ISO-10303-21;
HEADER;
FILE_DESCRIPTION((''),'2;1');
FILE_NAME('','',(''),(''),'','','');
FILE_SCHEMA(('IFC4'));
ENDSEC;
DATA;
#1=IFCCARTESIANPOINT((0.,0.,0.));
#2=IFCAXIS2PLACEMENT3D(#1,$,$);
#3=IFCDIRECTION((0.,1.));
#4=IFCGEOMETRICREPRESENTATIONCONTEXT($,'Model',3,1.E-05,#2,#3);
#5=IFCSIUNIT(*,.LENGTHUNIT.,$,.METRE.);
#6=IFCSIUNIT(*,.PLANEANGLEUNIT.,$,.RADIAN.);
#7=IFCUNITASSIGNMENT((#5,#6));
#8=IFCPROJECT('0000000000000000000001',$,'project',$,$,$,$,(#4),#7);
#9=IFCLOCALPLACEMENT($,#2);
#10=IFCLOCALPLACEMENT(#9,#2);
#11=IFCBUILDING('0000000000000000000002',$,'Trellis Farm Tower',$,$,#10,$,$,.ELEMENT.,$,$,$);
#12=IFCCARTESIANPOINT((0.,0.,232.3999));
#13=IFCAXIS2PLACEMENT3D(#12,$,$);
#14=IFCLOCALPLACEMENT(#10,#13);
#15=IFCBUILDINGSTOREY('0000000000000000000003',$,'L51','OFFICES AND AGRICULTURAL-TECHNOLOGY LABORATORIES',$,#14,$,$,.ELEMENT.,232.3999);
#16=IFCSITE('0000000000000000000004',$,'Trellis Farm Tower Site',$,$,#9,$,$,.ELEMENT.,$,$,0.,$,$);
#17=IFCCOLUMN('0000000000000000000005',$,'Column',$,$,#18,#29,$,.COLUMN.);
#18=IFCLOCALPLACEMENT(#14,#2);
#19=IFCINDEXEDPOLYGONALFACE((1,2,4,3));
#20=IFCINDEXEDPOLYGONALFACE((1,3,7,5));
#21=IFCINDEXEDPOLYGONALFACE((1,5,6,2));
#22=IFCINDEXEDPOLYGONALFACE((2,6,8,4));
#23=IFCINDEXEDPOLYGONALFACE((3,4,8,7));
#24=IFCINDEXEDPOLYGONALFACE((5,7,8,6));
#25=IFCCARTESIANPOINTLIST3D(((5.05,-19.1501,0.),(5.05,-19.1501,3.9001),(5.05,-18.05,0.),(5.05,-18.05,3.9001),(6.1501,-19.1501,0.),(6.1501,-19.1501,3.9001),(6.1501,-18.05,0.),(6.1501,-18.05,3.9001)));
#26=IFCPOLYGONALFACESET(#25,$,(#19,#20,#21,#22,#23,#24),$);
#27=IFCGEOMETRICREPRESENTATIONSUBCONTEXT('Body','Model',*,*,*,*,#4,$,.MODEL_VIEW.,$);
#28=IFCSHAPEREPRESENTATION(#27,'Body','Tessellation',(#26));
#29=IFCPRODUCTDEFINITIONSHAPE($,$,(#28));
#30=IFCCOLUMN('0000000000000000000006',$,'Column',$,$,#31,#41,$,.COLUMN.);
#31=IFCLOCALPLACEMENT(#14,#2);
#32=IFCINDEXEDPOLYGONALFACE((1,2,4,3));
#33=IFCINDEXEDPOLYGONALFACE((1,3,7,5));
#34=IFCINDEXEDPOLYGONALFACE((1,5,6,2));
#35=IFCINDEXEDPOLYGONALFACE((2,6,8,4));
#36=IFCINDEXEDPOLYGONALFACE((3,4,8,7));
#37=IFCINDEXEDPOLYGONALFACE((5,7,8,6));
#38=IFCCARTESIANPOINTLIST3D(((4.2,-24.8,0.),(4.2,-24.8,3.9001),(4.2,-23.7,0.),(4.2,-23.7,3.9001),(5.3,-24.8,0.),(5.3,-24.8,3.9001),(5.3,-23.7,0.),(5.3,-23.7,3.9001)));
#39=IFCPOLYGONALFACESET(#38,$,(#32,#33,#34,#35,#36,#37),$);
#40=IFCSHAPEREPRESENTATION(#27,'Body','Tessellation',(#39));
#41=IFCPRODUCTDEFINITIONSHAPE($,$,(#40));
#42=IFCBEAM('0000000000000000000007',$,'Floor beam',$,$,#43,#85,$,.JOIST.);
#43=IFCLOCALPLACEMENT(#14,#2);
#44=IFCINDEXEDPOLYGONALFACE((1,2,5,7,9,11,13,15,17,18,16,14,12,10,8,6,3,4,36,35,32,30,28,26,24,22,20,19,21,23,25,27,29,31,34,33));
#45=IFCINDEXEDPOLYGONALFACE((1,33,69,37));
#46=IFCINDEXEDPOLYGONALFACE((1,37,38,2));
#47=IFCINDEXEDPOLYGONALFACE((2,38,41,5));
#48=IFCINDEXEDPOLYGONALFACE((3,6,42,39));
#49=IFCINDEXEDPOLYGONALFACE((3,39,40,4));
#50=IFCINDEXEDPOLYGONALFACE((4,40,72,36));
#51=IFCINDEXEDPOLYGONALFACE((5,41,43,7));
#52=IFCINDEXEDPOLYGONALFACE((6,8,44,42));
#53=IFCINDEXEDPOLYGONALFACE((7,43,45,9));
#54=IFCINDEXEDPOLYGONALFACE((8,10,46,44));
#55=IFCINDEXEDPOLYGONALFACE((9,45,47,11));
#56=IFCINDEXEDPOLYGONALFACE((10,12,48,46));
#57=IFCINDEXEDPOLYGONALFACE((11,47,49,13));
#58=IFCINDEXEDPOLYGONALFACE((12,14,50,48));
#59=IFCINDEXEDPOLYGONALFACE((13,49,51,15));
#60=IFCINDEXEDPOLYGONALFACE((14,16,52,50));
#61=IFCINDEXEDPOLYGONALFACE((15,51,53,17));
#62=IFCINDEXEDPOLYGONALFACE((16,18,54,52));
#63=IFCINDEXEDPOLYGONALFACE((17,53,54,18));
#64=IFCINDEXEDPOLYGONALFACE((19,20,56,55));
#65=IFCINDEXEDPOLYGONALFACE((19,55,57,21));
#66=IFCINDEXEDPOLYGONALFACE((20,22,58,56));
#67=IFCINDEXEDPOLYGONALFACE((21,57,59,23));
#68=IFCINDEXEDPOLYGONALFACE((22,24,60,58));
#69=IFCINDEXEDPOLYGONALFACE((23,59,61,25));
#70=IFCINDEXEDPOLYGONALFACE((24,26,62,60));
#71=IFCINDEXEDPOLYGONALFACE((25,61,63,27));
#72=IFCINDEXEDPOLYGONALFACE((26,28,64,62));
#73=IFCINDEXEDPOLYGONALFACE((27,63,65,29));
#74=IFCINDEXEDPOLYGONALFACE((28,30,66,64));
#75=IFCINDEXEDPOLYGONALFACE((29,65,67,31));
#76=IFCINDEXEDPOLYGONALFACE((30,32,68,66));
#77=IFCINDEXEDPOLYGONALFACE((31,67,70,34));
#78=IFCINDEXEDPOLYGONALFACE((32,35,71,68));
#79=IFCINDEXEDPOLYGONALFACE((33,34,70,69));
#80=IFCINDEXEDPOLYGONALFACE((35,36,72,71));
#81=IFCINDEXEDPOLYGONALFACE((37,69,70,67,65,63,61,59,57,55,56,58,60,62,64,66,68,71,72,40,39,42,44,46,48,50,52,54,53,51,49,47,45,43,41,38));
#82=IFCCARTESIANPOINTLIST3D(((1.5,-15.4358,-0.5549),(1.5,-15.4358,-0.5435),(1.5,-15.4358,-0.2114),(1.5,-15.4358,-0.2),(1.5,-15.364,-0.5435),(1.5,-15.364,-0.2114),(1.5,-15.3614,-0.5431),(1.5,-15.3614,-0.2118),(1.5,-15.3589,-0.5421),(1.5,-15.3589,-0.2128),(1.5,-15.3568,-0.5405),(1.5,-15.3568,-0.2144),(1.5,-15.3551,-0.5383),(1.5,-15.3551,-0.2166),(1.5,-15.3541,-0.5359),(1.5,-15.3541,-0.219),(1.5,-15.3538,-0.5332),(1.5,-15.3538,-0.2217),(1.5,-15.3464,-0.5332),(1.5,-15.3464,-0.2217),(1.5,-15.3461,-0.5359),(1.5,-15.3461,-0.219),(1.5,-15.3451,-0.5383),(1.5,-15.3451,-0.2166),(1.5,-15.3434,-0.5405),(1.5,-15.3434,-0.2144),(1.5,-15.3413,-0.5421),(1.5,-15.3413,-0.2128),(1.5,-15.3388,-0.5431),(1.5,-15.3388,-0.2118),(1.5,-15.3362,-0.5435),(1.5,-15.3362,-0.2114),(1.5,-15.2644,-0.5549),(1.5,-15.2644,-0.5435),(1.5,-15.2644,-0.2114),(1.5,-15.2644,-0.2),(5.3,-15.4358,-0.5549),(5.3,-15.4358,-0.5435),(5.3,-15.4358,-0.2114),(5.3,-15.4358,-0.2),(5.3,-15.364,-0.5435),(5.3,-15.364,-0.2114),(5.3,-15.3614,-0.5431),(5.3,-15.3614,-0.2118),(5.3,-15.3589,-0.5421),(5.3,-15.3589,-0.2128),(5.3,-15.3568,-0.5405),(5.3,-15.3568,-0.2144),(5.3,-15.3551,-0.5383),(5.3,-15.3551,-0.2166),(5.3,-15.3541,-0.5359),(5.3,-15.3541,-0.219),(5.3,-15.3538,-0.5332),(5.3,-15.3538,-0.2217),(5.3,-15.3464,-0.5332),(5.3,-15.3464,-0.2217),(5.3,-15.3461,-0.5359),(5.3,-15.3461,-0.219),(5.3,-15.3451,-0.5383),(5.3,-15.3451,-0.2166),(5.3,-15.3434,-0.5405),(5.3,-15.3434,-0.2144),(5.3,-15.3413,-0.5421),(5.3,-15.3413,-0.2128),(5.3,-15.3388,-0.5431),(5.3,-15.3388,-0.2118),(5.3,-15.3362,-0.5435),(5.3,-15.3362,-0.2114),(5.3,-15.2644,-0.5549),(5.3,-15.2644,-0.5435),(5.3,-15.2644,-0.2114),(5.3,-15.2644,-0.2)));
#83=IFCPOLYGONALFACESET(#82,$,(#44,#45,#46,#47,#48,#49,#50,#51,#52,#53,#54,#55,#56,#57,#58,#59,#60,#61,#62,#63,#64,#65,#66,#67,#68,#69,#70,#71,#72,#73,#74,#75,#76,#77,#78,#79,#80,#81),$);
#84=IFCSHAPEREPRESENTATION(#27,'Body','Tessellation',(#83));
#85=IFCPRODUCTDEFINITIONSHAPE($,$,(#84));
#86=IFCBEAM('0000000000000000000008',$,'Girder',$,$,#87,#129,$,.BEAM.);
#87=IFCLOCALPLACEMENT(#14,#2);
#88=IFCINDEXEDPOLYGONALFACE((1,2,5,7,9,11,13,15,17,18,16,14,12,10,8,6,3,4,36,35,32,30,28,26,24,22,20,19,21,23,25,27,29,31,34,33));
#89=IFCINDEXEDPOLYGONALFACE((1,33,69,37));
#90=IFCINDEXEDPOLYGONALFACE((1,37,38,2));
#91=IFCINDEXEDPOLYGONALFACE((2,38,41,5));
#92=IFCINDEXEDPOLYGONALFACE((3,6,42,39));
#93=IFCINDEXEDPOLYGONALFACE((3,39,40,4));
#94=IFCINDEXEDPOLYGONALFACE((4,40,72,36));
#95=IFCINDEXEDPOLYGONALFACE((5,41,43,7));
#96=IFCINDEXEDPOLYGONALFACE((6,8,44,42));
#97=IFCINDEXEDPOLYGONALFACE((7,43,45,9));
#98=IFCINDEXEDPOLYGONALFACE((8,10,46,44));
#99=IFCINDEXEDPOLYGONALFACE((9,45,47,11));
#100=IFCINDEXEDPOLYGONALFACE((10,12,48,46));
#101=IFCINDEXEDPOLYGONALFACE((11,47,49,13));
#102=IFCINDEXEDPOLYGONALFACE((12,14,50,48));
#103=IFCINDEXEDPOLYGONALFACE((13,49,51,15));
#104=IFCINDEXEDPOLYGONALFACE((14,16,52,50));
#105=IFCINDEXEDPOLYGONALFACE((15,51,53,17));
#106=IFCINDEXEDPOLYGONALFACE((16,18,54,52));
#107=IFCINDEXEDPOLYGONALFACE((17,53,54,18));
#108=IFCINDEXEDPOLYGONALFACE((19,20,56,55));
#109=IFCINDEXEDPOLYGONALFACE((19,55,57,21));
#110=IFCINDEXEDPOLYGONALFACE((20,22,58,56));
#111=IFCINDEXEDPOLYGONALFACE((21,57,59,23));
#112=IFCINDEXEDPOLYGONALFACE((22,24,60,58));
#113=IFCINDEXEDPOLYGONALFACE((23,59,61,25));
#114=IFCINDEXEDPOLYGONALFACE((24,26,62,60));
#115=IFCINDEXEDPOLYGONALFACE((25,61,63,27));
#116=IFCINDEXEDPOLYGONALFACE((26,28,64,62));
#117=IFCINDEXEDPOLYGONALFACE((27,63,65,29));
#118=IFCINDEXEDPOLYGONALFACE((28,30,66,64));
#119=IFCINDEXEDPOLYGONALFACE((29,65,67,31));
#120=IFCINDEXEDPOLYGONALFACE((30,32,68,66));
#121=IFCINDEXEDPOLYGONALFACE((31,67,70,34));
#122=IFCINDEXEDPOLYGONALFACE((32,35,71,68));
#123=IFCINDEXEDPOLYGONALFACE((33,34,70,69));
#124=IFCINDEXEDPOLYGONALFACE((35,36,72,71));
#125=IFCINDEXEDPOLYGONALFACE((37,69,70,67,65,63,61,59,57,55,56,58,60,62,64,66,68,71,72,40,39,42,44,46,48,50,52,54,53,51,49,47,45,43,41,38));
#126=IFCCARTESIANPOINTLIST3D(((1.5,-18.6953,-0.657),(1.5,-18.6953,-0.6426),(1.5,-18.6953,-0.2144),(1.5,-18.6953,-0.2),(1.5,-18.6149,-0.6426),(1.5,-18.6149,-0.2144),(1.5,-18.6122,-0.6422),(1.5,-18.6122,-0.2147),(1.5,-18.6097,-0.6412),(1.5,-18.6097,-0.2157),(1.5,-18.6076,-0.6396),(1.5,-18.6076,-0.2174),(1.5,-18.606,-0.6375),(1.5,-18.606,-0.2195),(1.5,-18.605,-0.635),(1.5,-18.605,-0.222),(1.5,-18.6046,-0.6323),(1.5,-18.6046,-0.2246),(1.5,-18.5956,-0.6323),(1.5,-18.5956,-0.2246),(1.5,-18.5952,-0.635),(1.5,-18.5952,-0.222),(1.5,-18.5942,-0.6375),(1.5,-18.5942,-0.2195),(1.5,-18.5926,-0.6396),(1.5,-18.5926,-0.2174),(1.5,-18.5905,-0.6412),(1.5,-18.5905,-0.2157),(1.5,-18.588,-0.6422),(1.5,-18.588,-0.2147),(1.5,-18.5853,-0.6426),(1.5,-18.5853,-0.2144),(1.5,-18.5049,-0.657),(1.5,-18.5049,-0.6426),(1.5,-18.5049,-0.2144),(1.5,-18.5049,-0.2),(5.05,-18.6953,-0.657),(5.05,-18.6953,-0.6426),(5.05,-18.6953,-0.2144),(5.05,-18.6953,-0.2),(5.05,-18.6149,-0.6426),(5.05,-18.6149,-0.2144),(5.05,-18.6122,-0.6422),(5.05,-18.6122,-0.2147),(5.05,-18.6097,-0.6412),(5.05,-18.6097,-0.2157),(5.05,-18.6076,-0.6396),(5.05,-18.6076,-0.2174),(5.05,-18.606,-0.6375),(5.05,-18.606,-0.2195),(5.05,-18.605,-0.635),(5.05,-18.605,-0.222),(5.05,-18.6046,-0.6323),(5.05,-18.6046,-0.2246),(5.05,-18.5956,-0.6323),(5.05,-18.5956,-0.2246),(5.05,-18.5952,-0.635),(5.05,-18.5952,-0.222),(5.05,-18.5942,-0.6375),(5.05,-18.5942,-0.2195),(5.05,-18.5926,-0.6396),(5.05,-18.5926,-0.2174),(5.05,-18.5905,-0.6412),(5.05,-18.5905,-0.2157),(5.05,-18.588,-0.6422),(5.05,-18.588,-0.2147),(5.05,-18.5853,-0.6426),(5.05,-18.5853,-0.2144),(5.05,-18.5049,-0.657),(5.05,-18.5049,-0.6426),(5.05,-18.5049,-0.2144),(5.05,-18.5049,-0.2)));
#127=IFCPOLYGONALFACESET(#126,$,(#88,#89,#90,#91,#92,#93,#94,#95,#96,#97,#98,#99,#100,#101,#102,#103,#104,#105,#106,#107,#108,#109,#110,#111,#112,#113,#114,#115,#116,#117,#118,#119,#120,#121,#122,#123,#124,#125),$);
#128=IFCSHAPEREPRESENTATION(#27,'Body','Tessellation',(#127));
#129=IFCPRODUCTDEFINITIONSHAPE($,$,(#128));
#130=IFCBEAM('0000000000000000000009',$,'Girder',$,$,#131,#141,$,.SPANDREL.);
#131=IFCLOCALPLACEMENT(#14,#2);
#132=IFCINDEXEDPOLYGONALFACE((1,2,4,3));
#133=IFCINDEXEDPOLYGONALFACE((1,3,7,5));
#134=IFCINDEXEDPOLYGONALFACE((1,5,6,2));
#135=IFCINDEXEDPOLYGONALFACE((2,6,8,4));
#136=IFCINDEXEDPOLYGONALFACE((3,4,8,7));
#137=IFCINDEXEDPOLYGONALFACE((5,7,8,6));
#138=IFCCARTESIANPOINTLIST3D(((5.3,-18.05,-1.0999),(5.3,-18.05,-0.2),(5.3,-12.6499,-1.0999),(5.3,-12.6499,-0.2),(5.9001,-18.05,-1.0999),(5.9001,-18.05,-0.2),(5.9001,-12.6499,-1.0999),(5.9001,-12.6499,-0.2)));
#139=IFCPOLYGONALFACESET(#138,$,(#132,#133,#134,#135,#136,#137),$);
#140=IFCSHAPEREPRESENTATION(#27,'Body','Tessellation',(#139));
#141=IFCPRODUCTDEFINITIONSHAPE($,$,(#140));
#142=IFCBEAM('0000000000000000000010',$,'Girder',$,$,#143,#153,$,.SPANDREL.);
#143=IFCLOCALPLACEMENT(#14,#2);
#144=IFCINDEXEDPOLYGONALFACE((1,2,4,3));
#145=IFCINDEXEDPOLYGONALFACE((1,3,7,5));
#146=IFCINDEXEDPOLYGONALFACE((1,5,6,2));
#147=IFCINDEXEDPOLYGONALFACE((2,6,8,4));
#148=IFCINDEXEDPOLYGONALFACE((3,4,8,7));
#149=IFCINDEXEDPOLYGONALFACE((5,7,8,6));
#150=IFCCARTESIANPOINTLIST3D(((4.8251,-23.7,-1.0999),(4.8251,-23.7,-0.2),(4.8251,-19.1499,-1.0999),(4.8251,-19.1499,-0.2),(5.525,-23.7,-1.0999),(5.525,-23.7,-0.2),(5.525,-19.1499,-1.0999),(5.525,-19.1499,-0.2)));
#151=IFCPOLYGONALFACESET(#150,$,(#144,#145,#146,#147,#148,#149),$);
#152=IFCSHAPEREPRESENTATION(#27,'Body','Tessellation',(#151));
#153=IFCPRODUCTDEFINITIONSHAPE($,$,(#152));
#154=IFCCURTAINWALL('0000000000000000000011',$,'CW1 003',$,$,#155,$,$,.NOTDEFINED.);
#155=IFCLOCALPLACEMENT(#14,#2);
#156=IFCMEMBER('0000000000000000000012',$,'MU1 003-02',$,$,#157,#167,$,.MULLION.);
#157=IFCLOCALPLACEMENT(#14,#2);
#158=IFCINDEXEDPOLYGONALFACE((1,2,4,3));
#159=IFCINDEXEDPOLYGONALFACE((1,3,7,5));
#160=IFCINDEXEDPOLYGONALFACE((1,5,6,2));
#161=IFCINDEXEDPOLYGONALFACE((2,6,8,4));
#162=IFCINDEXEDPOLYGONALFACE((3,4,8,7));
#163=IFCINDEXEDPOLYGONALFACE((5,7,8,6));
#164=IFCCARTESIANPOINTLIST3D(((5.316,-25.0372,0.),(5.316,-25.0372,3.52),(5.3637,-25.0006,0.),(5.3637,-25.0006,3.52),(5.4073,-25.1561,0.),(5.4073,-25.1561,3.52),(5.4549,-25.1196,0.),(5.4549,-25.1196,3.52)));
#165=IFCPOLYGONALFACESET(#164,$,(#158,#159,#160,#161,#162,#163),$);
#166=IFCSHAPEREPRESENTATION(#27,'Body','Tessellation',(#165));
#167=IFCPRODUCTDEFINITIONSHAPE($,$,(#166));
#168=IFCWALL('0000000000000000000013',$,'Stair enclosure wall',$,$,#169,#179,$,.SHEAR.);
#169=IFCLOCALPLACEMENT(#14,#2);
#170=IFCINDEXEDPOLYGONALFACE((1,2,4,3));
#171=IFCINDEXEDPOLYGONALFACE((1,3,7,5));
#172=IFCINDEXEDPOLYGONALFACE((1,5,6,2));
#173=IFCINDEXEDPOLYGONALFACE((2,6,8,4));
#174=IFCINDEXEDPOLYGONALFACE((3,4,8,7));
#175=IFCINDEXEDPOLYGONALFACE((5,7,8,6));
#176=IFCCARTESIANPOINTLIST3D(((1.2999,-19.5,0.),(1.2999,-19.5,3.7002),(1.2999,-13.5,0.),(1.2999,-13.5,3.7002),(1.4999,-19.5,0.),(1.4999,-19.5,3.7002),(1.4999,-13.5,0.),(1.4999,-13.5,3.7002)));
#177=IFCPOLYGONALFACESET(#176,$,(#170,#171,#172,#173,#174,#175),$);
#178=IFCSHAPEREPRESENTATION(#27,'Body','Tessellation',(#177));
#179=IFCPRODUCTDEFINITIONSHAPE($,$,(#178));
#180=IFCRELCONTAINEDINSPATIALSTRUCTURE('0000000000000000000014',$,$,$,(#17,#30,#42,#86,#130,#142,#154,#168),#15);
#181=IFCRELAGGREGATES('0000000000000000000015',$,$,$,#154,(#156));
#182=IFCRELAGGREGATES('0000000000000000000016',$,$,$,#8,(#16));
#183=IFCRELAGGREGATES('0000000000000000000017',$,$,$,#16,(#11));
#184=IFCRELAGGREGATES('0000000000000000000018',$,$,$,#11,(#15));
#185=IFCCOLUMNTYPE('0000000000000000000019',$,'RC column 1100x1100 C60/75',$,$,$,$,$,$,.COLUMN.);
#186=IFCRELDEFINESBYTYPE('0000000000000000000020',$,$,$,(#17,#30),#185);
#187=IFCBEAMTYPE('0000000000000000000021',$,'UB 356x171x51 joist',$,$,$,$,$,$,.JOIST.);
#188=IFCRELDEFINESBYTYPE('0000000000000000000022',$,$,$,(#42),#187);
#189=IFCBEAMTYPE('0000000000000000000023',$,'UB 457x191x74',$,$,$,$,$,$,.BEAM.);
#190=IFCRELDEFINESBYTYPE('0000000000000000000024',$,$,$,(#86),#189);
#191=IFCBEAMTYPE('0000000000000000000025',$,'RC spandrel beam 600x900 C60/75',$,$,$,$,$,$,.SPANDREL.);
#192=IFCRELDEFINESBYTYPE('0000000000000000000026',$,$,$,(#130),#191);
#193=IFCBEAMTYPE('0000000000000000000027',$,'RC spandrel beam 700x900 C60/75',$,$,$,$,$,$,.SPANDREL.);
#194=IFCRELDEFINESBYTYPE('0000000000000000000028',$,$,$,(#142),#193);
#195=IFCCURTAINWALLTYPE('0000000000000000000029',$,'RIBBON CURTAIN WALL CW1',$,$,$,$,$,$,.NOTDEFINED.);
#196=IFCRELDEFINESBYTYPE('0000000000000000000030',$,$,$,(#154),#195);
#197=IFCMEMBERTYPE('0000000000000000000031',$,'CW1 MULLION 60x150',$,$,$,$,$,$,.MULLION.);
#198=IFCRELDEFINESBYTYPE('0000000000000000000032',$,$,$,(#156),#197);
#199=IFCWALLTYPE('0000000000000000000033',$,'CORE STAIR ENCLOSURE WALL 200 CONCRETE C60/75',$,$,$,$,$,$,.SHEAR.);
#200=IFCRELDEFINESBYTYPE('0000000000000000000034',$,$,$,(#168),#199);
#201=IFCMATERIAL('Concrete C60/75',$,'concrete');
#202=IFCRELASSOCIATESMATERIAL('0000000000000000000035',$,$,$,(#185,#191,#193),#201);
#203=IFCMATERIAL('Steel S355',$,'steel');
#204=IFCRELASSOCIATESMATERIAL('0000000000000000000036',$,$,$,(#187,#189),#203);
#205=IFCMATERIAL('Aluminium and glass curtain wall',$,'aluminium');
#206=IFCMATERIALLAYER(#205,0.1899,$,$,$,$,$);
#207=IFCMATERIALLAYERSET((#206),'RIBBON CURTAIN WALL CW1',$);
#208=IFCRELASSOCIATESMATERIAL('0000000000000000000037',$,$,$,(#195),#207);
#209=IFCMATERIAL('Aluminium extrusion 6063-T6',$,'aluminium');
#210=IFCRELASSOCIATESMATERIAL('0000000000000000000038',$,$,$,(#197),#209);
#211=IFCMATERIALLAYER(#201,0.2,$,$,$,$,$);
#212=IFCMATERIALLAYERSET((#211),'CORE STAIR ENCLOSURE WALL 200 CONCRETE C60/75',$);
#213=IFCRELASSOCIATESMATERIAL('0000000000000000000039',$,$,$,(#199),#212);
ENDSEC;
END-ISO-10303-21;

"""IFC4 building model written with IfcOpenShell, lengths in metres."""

from ifc_helpers import new_model, si_unit, direction, frame, frame_2d, origin, origin_2d, place, context, subcontext, project, spatial, rectangle, i_section, extrude, source, transform, mapped, material, layer, layer_set, material_profile, profile_set, type_object, element, aggregate, save


model = new_model("IFC4")

# Units and contexts
model_context = context("Model", 3, precision=1e-05, world=origin(), true_north=direction((0.0, 1.0)))
body_context = subcontext(model_context, "Body", "Model", "MODEL_VIEW")
ifc_project = project(units=[si_unit("LENGTHUNIT", "METRE"), si_unit("PLANEANGLEUNIT", "RADIAN")], contexts=[model_context])

# Site, building, storey
site_placement = place(None, origin())
site = spatial("IfcSite", under=ifc_project, at=site_placement, Name="Trellis Farm Tower Site", CompositionType="ELEMENT", RefElevation=0.0)
building_placement = place(site_placement, origin())
building = spatial("IfcBuilding", under=site, at=building_placement, Name="Trellis Farm Tower", CompositionType="ELEMENT")
storey_placement = place(building_placement, frame((0.0, 0.0, 232.3999)))
storey = spatial("IfcBuildingStorey", under=building, at=storey_placement, Name="L51", Description="OFFICES AND AGRICULTURAL-TECHNOLOGY LABORATORIES", CompositionType="ELEMENT", Elevation=232.3999)

# Columns
ifc_material_1 = material(Name="Concrete C60/75", Category="concrete")
ifc_material_profile_1 = material_profile(ifc_material_1, rectangle(XDim=1.1001, YDim=1.1001, at=origin_2d()), Name="RC column 1100x1100 C60/75")
ifc_profile_set_1 = profile_set([ifc_material_profile_1], Name="Concrete C60/75")
column_type = type_object("IfcColumnType", Name="RC column 1100x1100 C60/75", PredefinedType="COLUMN", material=ifc_profile_set_1)
shared_shape_1 = source(origin(), body_context, "Body", "SweptSolid", [
    extrude(rectangle(XDim=1.1001, YDim=1.1001, at=origin_2d()), origin(), (0.0, 0.0, 1.0), 3.9001),
])
for number, where, z_axis, x_axis, name in (
    (1, (5.6001, -18.6001, 0.0), (0.0, 0.0, 1.0), (1.0, 0.0, 0.0), "Column"),
    (2, (4.75, -24.25, 0.0), (0.0, 0.0, 1.0), (1.0, 0.0, 0.0), "Column"),
):
    element("IfcColumn", number, at=place(storey_placement, frame(where, z_axis=z_axis, x_axis=x_axis)), inside=storey, type_object=column_type, Name=name, PredefinedType="COLUMN", context=body_context, shape_type="MappedRepresentation", body=[
        mapped(shared_shape_1, transform((0.0, 0.0, 0.0))),
    ])

# Beams
ifc_material_2 = material(Name="Steel S355", Category="steel")
ifc_material_profile_2 = material_profile(ifc_material_2, i_section(OverallWidth=0.1714, OverallDepth=0.355, WebThickness=0.0073, FlangeThickness=0.0115, FilletRadius=0.0103, at=origin_2d()), Name="UB 356x171x51")
ifc_profile_set_2 = profile_set([ifc_material_profile_2], Name="Steel S355")
beam_type_1 = type_object("IfcBeamType", Name="UB 356x171x51 joist", PredefinedType="JOIST", material=ifc_profile_set_2)
shared_shape_2 = source(origin(), body_context, "Body", "SweptSolid", [
    extrude(i_section(OverallWidth=0.1714, OverallDepth=0.355, WebThickness=0.0073, FlangeThickness=0.0115, FilletRadius=0.0103, at=origin_2d()), origin(), (0.0, 0.0, 1.0), 3.8),
])
beam_1_placement = place(storey_placement, frame((1.5, -15.3501, -0.3774), z_axis=(1.0, 0.0, 0.0), x_axis=(0.0, 1.0, 0.0)))
element("IfcBeam", 3, at=beam_1_placement, inside=storey, type_object=beam_type_1, Name="Floor beam", PredefinedType="JOIST", context=body_context, shape_type="MappedRepresentation", body=[
    mapped(shared_shape_2, transform((0.0, 0.0, 0.0))),
])
ifc_material_profile_3 = material_profile(ifc_material_2, i_section(OverallWidth=0.1904, OverallDepth=0.457, WebThickness=0.009, FlangeThickness=0.0144, FilletRadius=0.0103, at=origin_2d()), Name="UB 457x191x74")
ifc_profile_set_3 = profile_set([ifc_material_profile_3], Name="Steel S355")
beam_type_2 = type_object("IfcBeamType", Name="UB 457x191x74", PredefinedType="BEAM", material=ifc_profile_set_3)
shared_shape_3 = source(origin(), body_context, "Body", "SweptSolid", [
    extrude(i_section(OverallWidth=0.1904, OverallDepth=0.457, WebThickness=0.009, FlangeThickness=0.0144, FilletRadius=0.0103, at=origin_2d()), origin(), (0.0, 0.0, 1.0), 3.55),
])
beam_2_placement = place(storey_placement, frame((1.5, -18.6001, -0.4285), z_axis=(1.0, 0.0, 0.0), x_axis=(0.0, 1.0, 0.0)))
element("IfcBeam", 4, at=beam_2_placement, inside=storey, type_object=beam_type_2, Name="Girder", PredefinedType="BEAM", context=body_context, shape_type="MappedRepresentation", body=[
    mapped(shared_shape_3, transform((0.0, 0.0, 0.0))),
])
ifc_material_profile_4 = material_profile(ifc_material_1, rectangle(XDim=0.6001, YDim=0.8999, at=origin_2d()), Name="RC spandrel beam 600x900 C60/75")
ifc_profile_set_4 = profile_set([ifc_material_profile_4], Name="Concrete C60/75")
beam_type_3 = type_object("IfcBeamType", Name="RC spandrel beam 600x900 C60/75", PredefinedType="SPANDREL", material=ifc_profile_set_4)
shared_shape_4 = source(origin(), body_context, "Body", "SweptSolid", [
    extrude(rectangle(XDim=0.6001, YDim=0.8999, at=origin_2d()), origin(), (0.0, 0.0, 1.0), 5.4001),
])
beam_3_placement = place(storey_placement, frame((5.6001, -18.05, -0.6499), z_axis=(0.0, 1.0, 0.0), x_axis=(-1.0, 0.0, 0.0)))
element("IfcBeam", 5, at=beam_3_placement, inside=storey, type_object=beam_type_3, Name="Girder", PredefinedType="SPANDREL", context=body_context, shape_type="MappedRepresentation", body=[
    mapped(shared_shape_4, transform((0.0, 0.0, 0.0))),
])
ifc_material_profile_5 = material_profile(ifc_material_1, rectangle(XDim=0.7, YDim=0.8999, at=origin_2d()), Name="RC spandrel beam 700x900 C60/75")
ifc_profile_set_5 = profile_set([ifc_material_profile_5], Name="Concrete C60/75")
beam_type_4 = type_object("IfcBeamType", Name="RC spandrel beam 700x900 C60/75", PredefinedType="SPANDREL", material=ifc_profile_set_5)
shared_shape_5 = source(origin(), body_context, "Body", "SweptSolid", [
    extrude(rectangle(XDim=0.7, YDim=0.8999, at=origin_2d()), origin(), (0.0, 0.0, 1.0), 4.55),
])
beam_4_placement = place(storey_placement, frame((5.175, -23.7, -0.6499), z_axis=(0.0, 1.0, 0.0), x_axis=(-1.0, 0.0, 0.0)))
element("IfcBeam", 6, at=beam_4_placement, inside=storey, type_object=beam_type_4, Name="Girder", PredefinedType="SPANDREL", context=body_context, shape_type="MappedRepresentation", body=[
    mapped(shared_shape_5, transform((0.0, 0.0, 0.0))),
])

# Curtain wall, member
ifc_material_3 = material(Name="Aluminium and glass curtain wall", Category="aluminium")
ifc_layer_1 = layer(ifc_material_3, 0.1899)
ifc_layer_set_1 = layer_set([ifc_layer_1], Name="RIBBON CURTAIN WALL CW1")
curtain_wall_type = type_object("IfcCurtainWallType", Name="RIBBON CURTAIN WALL CW1", PredefinedType="NOTDEFINED", material=ifc_layer_set_1)
placement = place(storey_placement, origin())
curtain_wall = element("IfcCurtainWall", 7, at=placement, inside=storey, type_object=curtain_wall_type, Name="CW1 003", PredefinedType="NOTDEFINED")
ifc_material_4 = material(Name="Aluminium extrusion 6063-T6", Category="aluminium")
ifc_material_profile_6 = material_profile(ifc_material_4, rectangle(XDim=0.0601, YDim=0.1499, at=origin_2d()), Name="MULLION 60x150")
ifc_profile_set_6 = profile_set([ifc_material_profile_6], Name="Aluminium extrusion 6063-T6")
member_type = type_object("IfcMemberType", Name="CW1 MULLION 60x150", PredefinedType="MULLION", material=ifc_profile_set_6)
shared_shape_6 = source(origin(), body_context, "Body", "SweptSolid", [
    extrude(rectangle(XDim=0.0601, YDim=0.1499, at=origin_2d()), origin(), (0.0, 0.0, 1.0), 3.52),
])
member_placement = place(storey_placement, frame((5.3855, -25.0784, 0.0), z_axis=(0.0, 0.0, 1.0), x_axis=(0.793353, 0.608761, 0.0)))
member = element("IfcMember", 8, at=member_placement, type_object=member_type, Name="MU1 003-02", PredefinedType="MULLION", context=body_context, shape_type="MappedRepresentation", body=[
    mapped(shared_shape_6, transform((0.0, 0.0, 0.0))),
])
aggregate(curtain_wall, [member])

# Wall
ifc_layer_2 = layer(ifc_material_1, 0.2)
ifc_layer_set_2 = layer_set([ifc_layer_2], Name="CORE STAIR ENCLOSURE WALL 200 CONCRETE C60/75")
wall_type_1 = type_object("IfcWallType", Name="CORE STAIR ENCLOSURE WALL 200 CONCRETE C60/75", PredefinedType="SHEAR", material=ifc_layer_set_2)
shared_shape_7 = source(origin(), body_context, "Body", "SweptSolid", [
    extrude(rectangle(XDim=6.0, YDim=0.2, at=frame_2d((3.0, 0.0))), origin(), (0.0, 0.0, 1.0), 3.7002),
])
wall_1_placement = place(storey_placement, frame((1.3999, -13.5, 0.0), z_axis=(0.0, 0.0, 1.0), x_axis=(0.0, -1.0, 0.0)))
element("IfcWall", 9, at=wall_1_placement, inside=storey, type_object=wall_type_1, Name="Stair enclosure wall", PredefinedType="SHEAR", context=body_context, shape_type="MappedRepresentation", body=[
    mapped(shared_shape_7, transform((0.0, 0.0, 0.0))),
])

save(model, "model.ifc")
